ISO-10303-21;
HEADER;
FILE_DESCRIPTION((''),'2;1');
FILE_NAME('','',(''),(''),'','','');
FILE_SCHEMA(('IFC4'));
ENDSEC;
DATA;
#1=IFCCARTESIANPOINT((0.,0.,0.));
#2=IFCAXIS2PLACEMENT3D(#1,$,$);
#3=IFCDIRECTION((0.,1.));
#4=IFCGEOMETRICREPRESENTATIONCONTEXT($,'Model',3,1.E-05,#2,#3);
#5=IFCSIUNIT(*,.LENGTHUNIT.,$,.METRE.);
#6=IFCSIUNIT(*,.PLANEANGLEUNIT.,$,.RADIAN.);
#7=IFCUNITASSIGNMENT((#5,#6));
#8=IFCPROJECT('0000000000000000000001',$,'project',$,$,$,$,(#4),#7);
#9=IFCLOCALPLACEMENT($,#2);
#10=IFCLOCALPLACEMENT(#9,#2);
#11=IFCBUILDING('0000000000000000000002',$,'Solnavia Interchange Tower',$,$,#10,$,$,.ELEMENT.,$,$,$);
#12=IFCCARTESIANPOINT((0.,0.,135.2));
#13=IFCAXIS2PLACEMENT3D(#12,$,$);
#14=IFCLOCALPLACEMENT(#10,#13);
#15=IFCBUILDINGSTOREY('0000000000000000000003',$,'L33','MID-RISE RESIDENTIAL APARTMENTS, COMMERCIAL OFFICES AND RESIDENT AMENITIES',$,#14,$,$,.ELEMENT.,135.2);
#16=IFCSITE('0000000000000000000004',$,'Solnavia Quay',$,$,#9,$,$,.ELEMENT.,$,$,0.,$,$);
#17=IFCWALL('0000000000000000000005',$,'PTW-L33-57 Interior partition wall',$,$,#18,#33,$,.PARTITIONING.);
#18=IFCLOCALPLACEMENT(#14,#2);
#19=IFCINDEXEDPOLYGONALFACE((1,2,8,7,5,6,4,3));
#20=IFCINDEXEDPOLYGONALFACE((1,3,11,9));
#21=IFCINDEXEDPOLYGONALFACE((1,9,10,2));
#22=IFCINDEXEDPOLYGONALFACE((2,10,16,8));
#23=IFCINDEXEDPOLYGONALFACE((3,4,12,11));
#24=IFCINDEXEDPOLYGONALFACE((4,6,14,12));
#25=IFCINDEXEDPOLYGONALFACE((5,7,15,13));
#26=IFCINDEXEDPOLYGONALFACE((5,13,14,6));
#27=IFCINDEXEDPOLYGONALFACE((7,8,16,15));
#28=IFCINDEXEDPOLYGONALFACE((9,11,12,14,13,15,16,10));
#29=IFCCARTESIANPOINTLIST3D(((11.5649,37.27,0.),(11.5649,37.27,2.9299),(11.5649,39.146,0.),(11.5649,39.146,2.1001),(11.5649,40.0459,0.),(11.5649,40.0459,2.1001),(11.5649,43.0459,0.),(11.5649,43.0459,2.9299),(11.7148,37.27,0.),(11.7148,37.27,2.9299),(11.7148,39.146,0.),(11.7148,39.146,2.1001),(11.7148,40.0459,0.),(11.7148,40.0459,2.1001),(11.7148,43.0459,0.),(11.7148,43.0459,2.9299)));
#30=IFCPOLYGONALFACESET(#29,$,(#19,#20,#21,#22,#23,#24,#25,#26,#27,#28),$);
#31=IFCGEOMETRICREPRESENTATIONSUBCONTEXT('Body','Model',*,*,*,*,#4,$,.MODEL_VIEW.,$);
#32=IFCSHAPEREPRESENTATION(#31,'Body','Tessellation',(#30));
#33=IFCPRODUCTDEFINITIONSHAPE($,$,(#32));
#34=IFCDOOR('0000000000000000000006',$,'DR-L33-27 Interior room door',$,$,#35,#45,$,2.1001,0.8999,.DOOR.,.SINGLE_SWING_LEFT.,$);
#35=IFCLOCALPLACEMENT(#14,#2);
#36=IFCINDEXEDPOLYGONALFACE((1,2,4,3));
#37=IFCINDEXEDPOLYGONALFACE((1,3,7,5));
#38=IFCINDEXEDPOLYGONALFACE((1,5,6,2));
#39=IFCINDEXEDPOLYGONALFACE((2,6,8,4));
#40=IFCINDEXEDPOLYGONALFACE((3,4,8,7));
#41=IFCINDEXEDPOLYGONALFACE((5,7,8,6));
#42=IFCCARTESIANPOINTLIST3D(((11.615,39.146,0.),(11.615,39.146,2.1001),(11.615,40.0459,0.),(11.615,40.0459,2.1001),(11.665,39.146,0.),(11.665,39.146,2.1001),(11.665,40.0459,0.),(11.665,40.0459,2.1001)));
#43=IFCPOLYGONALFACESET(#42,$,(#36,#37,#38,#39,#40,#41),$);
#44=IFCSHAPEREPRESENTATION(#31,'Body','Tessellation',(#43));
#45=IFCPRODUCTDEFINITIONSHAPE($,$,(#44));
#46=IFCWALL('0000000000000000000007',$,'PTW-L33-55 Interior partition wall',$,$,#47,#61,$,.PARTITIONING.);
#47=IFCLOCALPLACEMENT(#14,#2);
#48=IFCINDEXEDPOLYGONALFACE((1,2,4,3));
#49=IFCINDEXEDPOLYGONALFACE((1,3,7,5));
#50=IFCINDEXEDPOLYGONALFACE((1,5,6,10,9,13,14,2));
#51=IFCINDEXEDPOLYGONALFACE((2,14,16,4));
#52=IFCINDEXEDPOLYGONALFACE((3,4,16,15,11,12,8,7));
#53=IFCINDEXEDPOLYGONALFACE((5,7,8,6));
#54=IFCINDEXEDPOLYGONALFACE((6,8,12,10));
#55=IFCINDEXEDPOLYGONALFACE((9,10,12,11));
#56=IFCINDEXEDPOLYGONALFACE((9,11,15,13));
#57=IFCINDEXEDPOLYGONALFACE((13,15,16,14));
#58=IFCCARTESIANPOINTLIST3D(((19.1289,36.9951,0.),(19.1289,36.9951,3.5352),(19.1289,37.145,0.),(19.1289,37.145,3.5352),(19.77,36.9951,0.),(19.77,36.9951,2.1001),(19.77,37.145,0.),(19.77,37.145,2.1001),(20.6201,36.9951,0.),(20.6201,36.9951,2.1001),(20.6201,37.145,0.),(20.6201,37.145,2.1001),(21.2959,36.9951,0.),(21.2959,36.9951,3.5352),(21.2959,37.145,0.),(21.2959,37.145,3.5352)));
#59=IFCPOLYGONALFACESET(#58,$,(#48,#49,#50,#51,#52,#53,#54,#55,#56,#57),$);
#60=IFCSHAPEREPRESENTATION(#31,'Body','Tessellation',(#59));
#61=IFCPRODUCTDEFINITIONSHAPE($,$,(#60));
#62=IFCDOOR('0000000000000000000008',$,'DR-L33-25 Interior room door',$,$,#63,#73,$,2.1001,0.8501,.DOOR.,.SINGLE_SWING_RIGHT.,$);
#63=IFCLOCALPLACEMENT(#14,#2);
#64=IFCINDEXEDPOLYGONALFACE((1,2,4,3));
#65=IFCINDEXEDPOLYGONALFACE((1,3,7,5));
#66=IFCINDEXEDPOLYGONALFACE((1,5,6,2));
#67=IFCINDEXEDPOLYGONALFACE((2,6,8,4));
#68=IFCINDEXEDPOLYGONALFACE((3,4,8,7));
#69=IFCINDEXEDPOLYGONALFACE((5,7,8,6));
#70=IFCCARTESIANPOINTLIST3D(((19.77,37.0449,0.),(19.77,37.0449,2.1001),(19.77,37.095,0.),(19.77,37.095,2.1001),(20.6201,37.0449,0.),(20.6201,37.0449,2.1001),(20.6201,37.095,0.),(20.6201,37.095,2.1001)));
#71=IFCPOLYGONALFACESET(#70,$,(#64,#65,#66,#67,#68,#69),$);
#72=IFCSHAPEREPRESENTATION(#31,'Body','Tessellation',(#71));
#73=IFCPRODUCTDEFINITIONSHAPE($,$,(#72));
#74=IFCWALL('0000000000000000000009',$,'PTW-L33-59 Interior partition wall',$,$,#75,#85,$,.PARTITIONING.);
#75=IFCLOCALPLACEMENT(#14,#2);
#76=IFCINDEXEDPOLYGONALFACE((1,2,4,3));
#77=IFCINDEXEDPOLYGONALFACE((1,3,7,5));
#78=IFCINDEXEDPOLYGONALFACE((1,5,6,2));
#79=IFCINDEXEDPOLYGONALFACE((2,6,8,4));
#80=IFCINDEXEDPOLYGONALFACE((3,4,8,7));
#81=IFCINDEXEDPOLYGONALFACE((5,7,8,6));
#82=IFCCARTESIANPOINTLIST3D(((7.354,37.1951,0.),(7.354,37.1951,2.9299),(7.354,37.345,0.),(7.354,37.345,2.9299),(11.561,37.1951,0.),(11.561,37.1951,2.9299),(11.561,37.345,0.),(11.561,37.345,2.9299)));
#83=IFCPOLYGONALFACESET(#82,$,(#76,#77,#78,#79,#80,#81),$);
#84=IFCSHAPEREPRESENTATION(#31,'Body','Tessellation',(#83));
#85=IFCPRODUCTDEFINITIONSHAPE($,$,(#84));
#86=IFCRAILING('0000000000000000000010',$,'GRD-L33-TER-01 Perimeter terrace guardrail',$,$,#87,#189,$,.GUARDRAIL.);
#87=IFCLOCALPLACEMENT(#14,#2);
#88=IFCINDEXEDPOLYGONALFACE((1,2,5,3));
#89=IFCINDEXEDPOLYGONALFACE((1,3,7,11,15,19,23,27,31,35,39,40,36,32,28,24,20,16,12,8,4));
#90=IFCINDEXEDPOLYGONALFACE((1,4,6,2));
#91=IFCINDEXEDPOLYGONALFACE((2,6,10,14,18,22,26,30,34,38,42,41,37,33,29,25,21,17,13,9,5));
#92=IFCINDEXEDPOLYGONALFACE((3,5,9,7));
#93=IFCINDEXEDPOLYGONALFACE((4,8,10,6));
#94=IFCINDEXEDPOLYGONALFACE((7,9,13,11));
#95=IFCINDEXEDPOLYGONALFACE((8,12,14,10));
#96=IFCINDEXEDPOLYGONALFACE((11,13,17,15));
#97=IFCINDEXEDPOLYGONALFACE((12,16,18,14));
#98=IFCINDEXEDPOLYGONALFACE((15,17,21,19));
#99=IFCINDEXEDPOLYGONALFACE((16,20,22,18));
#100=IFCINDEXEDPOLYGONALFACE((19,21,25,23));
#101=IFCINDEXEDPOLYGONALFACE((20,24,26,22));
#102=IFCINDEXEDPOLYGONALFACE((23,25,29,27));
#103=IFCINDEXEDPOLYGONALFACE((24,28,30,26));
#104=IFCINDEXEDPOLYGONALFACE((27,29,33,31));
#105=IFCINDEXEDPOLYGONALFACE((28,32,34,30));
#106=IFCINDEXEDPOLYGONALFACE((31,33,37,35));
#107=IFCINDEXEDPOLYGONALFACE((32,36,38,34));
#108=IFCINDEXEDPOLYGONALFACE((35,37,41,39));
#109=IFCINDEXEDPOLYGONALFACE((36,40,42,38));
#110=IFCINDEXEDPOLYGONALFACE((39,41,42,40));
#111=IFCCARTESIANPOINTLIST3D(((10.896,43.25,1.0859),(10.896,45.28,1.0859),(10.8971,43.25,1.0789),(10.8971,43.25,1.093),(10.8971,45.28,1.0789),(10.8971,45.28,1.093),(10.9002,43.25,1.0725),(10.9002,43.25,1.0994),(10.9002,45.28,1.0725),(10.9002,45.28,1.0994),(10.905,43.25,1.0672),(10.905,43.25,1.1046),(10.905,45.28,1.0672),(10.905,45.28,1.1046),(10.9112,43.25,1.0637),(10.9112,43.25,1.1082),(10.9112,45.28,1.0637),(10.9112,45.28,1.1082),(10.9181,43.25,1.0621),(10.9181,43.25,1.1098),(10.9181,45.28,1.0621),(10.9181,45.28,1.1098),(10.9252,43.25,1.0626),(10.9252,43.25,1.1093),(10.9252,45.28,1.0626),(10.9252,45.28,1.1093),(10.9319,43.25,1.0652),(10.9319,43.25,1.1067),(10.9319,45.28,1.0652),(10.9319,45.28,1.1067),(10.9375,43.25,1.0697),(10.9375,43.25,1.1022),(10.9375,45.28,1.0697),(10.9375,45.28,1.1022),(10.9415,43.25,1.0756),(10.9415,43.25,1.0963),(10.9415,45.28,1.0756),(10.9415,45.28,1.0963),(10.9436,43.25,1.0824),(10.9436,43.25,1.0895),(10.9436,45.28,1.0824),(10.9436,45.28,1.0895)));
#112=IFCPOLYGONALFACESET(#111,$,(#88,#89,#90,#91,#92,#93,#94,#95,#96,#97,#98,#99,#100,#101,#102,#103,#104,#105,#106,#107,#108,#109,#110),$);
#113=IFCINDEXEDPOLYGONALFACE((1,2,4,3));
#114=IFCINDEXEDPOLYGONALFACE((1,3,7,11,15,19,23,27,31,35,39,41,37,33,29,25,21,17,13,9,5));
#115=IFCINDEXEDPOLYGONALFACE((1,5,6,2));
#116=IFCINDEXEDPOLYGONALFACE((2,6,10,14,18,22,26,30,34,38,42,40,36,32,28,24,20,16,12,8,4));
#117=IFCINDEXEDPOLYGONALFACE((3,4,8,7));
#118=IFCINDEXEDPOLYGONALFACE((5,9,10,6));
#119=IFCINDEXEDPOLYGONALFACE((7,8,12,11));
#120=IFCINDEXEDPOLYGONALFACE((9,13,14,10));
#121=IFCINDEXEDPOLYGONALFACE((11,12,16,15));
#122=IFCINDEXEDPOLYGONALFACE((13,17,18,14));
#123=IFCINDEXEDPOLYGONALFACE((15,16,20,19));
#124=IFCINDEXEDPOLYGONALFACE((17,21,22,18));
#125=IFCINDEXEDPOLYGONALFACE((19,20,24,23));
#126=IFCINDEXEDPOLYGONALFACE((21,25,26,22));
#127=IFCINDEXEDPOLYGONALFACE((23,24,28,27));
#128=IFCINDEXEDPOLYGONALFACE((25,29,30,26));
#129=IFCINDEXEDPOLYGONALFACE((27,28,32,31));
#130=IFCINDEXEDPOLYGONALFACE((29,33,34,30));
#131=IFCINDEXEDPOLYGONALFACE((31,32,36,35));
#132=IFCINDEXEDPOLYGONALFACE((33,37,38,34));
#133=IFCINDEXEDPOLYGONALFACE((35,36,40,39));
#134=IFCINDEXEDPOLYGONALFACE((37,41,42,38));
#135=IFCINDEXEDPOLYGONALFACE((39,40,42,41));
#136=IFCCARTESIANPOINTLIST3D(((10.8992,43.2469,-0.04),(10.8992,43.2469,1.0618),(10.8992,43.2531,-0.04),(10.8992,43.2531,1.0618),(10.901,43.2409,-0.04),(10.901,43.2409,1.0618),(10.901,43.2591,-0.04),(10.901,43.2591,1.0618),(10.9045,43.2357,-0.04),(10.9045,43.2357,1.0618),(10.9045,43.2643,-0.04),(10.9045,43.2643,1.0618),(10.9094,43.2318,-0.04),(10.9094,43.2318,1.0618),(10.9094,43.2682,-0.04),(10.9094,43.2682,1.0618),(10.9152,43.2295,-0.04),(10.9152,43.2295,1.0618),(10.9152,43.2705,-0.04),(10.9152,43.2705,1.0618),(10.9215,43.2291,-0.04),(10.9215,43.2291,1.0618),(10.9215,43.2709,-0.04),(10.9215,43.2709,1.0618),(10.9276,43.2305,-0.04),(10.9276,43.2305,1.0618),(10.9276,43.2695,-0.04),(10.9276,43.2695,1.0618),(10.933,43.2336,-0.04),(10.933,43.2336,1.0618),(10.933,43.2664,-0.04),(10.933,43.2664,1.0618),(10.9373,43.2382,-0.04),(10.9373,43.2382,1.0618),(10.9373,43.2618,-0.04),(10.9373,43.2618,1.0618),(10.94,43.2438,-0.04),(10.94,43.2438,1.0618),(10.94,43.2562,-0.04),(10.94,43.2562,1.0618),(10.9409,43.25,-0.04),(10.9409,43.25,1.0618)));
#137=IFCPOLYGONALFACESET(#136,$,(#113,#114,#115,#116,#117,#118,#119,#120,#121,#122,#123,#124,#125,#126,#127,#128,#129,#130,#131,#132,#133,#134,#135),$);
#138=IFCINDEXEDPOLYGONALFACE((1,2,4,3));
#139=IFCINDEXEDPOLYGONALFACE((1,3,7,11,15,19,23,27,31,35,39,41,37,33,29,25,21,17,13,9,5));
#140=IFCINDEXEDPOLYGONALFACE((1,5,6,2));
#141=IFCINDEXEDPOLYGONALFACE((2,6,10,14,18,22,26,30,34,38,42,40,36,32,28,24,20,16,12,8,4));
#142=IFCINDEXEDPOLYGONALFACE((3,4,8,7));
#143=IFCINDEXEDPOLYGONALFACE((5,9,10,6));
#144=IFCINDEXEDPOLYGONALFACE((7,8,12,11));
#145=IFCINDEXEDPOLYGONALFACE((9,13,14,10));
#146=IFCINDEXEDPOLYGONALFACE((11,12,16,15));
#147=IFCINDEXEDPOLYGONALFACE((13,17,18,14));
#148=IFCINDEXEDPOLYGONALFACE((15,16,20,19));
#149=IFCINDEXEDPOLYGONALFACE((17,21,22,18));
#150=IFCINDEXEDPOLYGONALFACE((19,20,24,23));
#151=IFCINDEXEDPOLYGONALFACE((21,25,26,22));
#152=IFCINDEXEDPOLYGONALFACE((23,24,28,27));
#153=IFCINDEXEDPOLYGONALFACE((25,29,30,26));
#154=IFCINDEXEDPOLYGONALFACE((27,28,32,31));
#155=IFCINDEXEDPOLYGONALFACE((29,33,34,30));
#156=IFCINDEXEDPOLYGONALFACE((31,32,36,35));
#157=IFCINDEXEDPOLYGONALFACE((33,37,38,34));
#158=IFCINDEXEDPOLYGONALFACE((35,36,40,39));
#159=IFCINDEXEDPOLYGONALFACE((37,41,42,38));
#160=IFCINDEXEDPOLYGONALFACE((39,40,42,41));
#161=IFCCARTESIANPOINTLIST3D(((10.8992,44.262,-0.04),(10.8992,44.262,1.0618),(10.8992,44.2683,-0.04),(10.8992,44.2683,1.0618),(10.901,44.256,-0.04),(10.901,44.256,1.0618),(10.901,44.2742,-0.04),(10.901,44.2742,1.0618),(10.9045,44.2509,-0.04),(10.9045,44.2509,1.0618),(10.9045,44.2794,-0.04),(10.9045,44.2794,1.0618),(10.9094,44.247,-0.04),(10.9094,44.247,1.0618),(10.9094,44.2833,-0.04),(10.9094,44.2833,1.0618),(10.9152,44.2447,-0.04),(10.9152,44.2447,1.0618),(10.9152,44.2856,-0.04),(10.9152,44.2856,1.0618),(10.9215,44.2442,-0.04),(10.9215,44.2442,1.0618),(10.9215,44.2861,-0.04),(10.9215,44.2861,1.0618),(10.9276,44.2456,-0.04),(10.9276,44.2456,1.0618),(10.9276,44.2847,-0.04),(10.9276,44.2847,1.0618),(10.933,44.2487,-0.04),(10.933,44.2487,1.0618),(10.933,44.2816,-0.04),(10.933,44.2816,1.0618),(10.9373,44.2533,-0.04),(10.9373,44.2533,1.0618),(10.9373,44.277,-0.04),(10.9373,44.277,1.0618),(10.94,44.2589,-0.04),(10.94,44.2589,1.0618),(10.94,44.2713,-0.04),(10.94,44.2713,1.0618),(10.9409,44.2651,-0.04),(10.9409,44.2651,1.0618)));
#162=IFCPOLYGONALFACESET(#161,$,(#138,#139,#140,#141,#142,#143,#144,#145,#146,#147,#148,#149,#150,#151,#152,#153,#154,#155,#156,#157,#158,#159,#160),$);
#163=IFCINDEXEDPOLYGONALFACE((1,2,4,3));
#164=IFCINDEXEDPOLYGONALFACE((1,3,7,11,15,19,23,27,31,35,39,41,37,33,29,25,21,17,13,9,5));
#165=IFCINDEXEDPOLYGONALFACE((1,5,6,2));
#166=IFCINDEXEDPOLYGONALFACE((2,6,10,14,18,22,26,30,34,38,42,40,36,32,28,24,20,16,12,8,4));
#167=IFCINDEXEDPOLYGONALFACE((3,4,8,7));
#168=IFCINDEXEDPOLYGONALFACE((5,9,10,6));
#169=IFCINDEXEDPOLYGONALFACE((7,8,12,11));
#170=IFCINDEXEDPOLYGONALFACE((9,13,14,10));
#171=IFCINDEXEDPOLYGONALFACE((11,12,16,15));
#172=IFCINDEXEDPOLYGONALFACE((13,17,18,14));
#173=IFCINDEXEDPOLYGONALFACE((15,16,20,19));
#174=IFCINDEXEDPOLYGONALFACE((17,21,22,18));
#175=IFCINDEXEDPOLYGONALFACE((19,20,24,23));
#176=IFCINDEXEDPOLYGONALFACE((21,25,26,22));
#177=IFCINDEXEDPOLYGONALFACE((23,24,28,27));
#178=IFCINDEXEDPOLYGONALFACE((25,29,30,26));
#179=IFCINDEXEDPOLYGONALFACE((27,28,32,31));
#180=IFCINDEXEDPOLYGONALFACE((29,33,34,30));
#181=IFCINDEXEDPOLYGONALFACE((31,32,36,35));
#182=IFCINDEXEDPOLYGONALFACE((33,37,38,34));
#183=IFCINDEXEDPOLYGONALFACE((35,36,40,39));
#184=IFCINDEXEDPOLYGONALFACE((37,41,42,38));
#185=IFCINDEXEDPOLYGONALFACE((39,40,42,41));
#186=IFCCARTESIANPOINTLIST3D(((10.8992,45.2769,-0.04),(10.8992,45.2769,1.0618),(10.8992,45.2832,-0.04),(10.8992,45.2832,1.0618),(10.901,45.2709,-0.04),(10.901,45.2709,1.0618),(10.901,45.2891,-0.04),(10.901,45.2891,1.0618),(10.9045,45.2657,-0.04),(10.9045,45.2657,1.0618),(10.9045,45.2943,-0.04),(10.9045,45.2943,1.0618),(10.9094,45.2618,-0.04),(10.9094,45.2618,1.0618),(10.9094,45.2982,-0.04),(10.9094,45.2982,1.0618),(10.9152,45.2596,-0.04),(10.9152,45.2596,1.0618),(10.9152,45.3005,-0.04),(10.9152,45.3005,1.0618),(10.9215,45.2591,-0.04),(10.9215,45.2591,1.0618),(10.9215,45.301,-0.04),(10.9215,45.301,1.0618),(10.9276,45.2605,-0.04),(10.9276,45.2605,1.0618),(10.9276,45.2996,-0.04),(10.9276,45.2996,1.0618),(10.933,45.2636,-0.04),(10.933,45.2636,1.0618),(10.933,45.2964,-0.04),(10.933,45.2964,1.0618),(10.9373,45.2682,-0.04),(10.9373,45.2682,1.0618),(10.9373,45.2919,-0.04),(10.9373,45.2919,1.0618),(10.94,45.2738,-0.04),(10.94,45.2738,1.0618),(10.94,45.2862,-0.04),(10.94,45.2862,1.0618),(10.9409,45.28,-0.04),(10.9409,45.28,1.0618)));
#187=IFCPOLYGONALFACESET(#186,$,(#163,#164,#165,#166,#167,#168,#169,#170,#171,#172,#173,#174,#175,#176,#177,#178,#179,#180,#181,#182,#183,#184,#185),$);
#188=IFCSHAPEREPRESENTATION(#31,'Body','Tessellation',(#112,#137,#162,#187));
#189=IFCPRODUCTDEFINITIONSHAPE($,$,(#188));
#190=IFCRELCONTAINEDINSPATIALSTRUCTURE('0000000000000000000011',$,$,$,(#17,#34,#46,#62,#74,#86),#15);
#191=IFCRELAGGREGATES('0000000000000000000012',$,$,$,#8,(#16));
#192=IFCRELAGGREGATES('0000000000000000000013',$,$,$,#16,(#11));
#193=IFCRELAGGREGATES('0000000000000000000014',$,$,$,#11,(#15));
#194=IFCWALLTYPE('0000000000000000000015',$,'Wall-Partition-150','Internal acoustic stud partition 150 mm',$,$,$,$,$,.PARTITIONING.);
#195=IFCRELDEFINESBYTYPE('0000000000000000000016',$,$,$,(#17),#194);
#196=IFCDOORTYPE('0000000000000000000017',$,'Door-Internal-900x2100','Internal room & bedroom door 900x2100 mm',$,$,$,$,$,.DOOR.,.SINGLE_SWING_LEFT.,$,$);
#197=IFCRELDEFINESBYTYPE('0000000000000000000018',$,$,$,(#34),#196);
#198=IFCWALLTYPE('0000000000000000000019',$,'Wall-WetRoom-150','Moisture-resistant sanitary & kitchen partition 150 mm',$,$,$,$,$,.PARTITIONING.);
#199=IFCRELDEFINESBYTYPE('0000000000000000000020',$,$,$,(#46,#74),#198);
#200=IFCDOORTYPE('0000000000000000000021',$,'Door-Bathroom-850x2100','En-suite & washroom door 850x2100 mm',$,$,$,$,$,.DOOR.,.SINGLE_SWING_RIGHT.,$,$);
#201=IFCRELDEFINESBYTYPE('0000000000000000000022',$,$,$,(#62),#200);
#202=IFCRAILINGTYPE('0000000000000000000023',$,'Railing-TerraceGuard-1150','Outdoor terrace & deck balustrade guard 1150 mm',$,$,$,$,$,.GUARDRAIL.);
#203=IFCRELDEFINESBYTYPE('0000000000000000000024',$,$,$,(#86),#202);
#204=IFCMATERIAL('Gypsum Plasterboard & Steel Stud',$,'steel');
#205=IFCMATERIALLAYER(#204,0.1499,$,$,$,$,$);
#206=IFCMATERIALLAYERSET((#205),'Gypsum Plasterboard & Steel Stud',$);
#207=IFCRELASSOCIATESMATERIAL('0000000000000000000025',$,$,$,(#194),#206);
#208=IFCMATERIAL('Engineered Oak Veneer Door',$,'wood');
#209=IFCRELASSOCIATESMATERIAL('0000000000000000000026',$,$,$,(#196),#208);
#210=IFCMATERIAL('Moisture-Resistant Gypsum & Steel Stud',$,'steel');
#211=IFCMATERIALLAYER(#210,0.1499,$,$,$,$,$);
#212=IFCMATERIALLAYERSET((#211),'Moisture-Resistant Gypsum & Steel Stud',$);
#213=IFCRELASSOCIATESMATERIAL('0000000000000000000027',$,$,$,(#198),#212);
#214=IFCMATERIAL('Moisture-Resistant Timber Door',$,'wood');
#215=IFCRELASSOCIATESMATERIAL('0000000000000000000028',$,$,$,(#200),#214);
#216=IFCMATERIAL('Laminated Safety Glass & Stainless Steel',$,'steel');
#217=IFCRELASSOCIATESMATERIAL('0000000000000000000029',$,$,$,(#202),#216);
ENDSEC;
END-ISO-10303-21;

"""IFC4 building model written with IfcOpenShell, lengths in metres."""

from ifc_helpers import new_model, si_unit, direction, frame, frame_2d, origin, origin_2d, place, context, subcontext, project, spatial, rectangle, circle, extrude, material, layer, layer_set, type_object, element, fill, save


model = new_model("IFC4")

# Units and contexts
model_context = context("Model", 3, precision=1e-05, world=origin(), true_north=direction((0.0, 1.0)))
body_context = subcontext(model_context, "Body", "Model", "MODEL_VIEW")
ifc_project = project(units=[si_unit("LENGTHUNIT", "METRE"), si_unit("PLANEANGLEUNIT", "RADIAN")], contexts=[model_context])

# Site, building, storey
site_placement = place(None, origin())
site = spatial("IfcSite", under=ifc_project, at=site_placement, Name="Solnavia Quay", CompositionType="ELEMENT", RefElevation=0.0)
building_placement = place(site_placement, origin())
building = spatial("IfcBuilding", under=site, at=building_placement, Name="Solnavia Interchange Tower", CompositionType="ELEMENT")
storey_placement = place(building_placement, frame((0.0, 0.0, 135.2)))
storey = spatial("IfcBuildingStorey", under=building, at=storey_placement, Name="L33", Description="MID-RISE RESIDENTIAL APARTMENTS, COMMERCIAL OFFICES AND RESIDENT AMENITIES", CompositionType="ELEMENT", Elevation=135.2)

# Walls, openings, doors
ifc_material_1 = material(Name="Gypsum Plasterboard & Steel Stud", Category="steel")
ifc_layer_1 = layer(ifc_material_1, 0.1499)
ifc_layer_set_1 = layer_set([ifc_layer_1], Name="Gypsum Plasterboard & Steel Stud")
wall_type_1 = type_object("IfcWallType", Name="Wall-Partition-150", Description="Internal acoustic stud partition 150 mm", PredefinedType="PARTITIONING", material=ifc_layer_set_1)
wall_1_placement = place(storey_placement, frame((11.6399, 37.27, 0.0), z_axis=(0.0, 0.0, 1.0), x_axis=(0.0, 1.0, 0.0)))
wall_1 = element("IfcWall", 1, at=wall_1_placement, inside=storey, type_object=wall_type_1, Name="PTW-L33-57 Interior partition wall", PredefinedType="PARTITIONING", context=body_context, shape_type="SweptSolid", body=[
    extrude(rectangle(XDim=5.7759, YDim=0.1499, at=frame_2d((2.8879, 0.0))), origin(), (0.0, 0.0, 1.0), 2.9299),
])
opening_1_placement = place(wall_1_placement, frame((1.876, 0.0, 0.0)))
opening_1 = element("IfcOpeningElement", 2, at=opening_1_placement, cuts=wall_1, PredefinedType="OPENING", context=body_context, shape_type="SweptSolid", body=[
    extrude(rectangle(XDim=0.8999, YDim=2.1001, at=frame_2d((0.45, 1.05))), frame((0.0, 0.085, 0.0), z_axis=(0.0, -1.0, 0.0), x_axis=(1.0, 0.0, 0.0)), (0.0, 0.0, 1.0), 0.1699),
])
ifc_material_2 = material(Name="Engineered Oak Veneer Door", Category="wood")
door_type_1 = type_object("IfcDoorType", Name="Door-Internal-900x2100", Description="Internal room & bedroom door 900x2100 mm", OperationType="SINGLE_SWING_LEFT", PredefinedType="DOOR", material=ifc_material_2)
door_1_placement = place(opening_1_placement, origin())
door_1 = element("IfcDoor", 3, at=door_1_placement, inside=storey, type_object=door_type_1, Name="DR-L33-27 Interior room door", OperationType="SINGLE_SWING_LEFT", OverallHeight=2.1001, OverallWidth=0.8999, PredefinedType="DOOR", context=body_context, shape_type="SweptSolid", body=[
    extrude(rectangle(XDim=0.8999, YDim=2.1001, at=frame_2d((0.45, 1.05))), frame((0.0, 0.0249, 0.0), z_axis=(0.0, -1.0, 0.0), x_axis=(1.0, 0.0, 0.0)), (0.0, 0.0, 1.0), 0.05),
])
fill(opening_1, door_1)
ifc_material_3 = material(Name="Moisture-Resistant Gypsum & Steel Stud", Category="steel")
ifc_layer_2 = layer(ifc_material_3, 0.1499)
ifc_layer_set_2 = layer_set([ifc_layer_2], Name="Moisture-Resistant Gypsum & Steel Stud")
wall_type_2 = type_object("IfcWallType", Name="Wall-WetRoom-150", Description="Moisture-resistant sanitary & kitchen partition 150 mm", PredefinedType="PARTITIONING", material=ifc_layer_set_2)
wall_2_placement = place(storey_placement, frame((19.1289, 37.0701, 0.0), z_axis=(0.0, 0.0, 1.0), x_axis=(1.0, 0.0, 0.0)))
wall_2 = element("IfcWall", 4, at=wall_2_placement, inside=storey, type_object=wall_type_2, Name="PTW-L33-55 Interior partition wall", PredefinedType="PARTITIONING", context=body_context, shape_type="SweptSolid", body=[
    extrude(rectangle(XDim=2.167, YDim=0.1499, at=frame_2d((1.0835, 0.0))), origin(), (0.0, 0.0, 1.0), 3.5352),
])
opening_2_placement = place(wall_2_placement, frame((0.6411, 0.0, 0.0)))
opening_2 = element("IfcOpeningElement", 5, at=opening_2_placement, cuts=wall_2, PredefinedType="OPENING", context=body_context, shape_type="SweptSolid", body=[
    extrude(rectangle(XDim=0.8501, YDim=2.1001, at=frame_2d((0.425, 1.05))), frame((0.0, 0.085, 0.0), z_axis=(0.0, -1.0, 0.0), x_axis=(1.0, 0.0, 0.0)), (0.0, 0.0, 1.0), 0.1699),
])
ifc_material_4 = material(Name="Moisture-Resistant Timber Door", Category="wood")
door_type_2 = type_object("IfcDoorType", Name="Door-Bathroom-850x2100", Description="En-suite & washroom door 850x2100 mm", OperationType="SINGLE_SWING_RIGHT", PredefinedType="DOOR", material=ifc_material_4)
door_2_placement = place(opening_2_placement, origin())
door_2 = element("IfcDoor", 6, at=door_2_placement, inside=storey, type_object=door_type_2, Name="DR-L33-25 Interior room door", OperationType="SINGLE_SWING_RIGHT", OverallHeight=2.1001, OverallWidth=0.8501, PredefinedType="DOOR", context=body_context, shape_type="SweptSolid", body=[
    extrude(rectangle(XDim=0.8501, YDim=2.1001, at=frame_2d((0.425, 1.05))), frame((0.0, 0.0249, 0.0), z_axis=(0.0, -1.0, 0.0), x_axis=(1.0, 0.0, 0.0)), (0.0, 0.0, 1.0), 0.05),
])
fill(opening_2, door_2)

# Wall
wall_3_placement = place(storey_placement, frame((7.354, 37.27, 0.0), z_axis=(0.0, 0.0, 1.0), x_axis=(1.0, 0.0, 0.0)))
element("IfcWall", 7, at=wall_3_placement, inside=storey, type_object=wall_type_2, Name="PTW-L33-59 Interior partition wall", PredefinedType="PARTITIONING", context=body_context, shape_type="SweptSolid", body=[
    extrude(rectangle(XDim=4.207, YDim=0.1499, at=frame_2d((2.1035, 0.0))), origin(), (0.0, 0.0, 1.0), 2.9299),
])

# Railing
ifc_material_5 = material(Name="Laminated Safety Glass & Stainless Steel", Category="steel")
railing_type = type_object("IfcRailingType", Name="Railing-TerraceGuard-1150", Description="Outdoor terrace & deck balustrade guard 1150 mm", PredefinedType="GUARDRAIL", material=ifc_material_5)
railing_1_placement = place(storey_placement, frame((10.9199, 43.25, -0.04)))
element("IfcRailing", 8, at=railing_1_placement, inside=storey, type_object=railing_type, Name="GRD-L33-TER-01 Perimeter terrace guardrail", PredefinedType="GUARDRAIL", context=body_context, shape_type="SweptSolid", body=[
    extrude(circle(Radius=0.0239, at=origin_2d()), frame((0.0, 0.0, 1.126), z_axis=(0.0, 1.0, 0.0), x_axis=(-1.0, 0.0, 0.0)), (0.0, 0.0, 1.0), 2.03),
    extrude(circle(Radius=0.021, at=origin_2d()), origin(), (0.0, 0.0, 1.0), 1.1018),
    extrude(circle(Radius=0.021, at=origin_2d()), frame((0.0, 1.0151, 0.0)), (0.0, 0.0, 1.0), 1.1018),
    extrude(circle(Radius=0.021, at=origin_2d()), frame((0.0, 2.03, 0.0)), (0.0, 0.0, 1.0), 1.1018),
])

save(model, "model.ifc")
